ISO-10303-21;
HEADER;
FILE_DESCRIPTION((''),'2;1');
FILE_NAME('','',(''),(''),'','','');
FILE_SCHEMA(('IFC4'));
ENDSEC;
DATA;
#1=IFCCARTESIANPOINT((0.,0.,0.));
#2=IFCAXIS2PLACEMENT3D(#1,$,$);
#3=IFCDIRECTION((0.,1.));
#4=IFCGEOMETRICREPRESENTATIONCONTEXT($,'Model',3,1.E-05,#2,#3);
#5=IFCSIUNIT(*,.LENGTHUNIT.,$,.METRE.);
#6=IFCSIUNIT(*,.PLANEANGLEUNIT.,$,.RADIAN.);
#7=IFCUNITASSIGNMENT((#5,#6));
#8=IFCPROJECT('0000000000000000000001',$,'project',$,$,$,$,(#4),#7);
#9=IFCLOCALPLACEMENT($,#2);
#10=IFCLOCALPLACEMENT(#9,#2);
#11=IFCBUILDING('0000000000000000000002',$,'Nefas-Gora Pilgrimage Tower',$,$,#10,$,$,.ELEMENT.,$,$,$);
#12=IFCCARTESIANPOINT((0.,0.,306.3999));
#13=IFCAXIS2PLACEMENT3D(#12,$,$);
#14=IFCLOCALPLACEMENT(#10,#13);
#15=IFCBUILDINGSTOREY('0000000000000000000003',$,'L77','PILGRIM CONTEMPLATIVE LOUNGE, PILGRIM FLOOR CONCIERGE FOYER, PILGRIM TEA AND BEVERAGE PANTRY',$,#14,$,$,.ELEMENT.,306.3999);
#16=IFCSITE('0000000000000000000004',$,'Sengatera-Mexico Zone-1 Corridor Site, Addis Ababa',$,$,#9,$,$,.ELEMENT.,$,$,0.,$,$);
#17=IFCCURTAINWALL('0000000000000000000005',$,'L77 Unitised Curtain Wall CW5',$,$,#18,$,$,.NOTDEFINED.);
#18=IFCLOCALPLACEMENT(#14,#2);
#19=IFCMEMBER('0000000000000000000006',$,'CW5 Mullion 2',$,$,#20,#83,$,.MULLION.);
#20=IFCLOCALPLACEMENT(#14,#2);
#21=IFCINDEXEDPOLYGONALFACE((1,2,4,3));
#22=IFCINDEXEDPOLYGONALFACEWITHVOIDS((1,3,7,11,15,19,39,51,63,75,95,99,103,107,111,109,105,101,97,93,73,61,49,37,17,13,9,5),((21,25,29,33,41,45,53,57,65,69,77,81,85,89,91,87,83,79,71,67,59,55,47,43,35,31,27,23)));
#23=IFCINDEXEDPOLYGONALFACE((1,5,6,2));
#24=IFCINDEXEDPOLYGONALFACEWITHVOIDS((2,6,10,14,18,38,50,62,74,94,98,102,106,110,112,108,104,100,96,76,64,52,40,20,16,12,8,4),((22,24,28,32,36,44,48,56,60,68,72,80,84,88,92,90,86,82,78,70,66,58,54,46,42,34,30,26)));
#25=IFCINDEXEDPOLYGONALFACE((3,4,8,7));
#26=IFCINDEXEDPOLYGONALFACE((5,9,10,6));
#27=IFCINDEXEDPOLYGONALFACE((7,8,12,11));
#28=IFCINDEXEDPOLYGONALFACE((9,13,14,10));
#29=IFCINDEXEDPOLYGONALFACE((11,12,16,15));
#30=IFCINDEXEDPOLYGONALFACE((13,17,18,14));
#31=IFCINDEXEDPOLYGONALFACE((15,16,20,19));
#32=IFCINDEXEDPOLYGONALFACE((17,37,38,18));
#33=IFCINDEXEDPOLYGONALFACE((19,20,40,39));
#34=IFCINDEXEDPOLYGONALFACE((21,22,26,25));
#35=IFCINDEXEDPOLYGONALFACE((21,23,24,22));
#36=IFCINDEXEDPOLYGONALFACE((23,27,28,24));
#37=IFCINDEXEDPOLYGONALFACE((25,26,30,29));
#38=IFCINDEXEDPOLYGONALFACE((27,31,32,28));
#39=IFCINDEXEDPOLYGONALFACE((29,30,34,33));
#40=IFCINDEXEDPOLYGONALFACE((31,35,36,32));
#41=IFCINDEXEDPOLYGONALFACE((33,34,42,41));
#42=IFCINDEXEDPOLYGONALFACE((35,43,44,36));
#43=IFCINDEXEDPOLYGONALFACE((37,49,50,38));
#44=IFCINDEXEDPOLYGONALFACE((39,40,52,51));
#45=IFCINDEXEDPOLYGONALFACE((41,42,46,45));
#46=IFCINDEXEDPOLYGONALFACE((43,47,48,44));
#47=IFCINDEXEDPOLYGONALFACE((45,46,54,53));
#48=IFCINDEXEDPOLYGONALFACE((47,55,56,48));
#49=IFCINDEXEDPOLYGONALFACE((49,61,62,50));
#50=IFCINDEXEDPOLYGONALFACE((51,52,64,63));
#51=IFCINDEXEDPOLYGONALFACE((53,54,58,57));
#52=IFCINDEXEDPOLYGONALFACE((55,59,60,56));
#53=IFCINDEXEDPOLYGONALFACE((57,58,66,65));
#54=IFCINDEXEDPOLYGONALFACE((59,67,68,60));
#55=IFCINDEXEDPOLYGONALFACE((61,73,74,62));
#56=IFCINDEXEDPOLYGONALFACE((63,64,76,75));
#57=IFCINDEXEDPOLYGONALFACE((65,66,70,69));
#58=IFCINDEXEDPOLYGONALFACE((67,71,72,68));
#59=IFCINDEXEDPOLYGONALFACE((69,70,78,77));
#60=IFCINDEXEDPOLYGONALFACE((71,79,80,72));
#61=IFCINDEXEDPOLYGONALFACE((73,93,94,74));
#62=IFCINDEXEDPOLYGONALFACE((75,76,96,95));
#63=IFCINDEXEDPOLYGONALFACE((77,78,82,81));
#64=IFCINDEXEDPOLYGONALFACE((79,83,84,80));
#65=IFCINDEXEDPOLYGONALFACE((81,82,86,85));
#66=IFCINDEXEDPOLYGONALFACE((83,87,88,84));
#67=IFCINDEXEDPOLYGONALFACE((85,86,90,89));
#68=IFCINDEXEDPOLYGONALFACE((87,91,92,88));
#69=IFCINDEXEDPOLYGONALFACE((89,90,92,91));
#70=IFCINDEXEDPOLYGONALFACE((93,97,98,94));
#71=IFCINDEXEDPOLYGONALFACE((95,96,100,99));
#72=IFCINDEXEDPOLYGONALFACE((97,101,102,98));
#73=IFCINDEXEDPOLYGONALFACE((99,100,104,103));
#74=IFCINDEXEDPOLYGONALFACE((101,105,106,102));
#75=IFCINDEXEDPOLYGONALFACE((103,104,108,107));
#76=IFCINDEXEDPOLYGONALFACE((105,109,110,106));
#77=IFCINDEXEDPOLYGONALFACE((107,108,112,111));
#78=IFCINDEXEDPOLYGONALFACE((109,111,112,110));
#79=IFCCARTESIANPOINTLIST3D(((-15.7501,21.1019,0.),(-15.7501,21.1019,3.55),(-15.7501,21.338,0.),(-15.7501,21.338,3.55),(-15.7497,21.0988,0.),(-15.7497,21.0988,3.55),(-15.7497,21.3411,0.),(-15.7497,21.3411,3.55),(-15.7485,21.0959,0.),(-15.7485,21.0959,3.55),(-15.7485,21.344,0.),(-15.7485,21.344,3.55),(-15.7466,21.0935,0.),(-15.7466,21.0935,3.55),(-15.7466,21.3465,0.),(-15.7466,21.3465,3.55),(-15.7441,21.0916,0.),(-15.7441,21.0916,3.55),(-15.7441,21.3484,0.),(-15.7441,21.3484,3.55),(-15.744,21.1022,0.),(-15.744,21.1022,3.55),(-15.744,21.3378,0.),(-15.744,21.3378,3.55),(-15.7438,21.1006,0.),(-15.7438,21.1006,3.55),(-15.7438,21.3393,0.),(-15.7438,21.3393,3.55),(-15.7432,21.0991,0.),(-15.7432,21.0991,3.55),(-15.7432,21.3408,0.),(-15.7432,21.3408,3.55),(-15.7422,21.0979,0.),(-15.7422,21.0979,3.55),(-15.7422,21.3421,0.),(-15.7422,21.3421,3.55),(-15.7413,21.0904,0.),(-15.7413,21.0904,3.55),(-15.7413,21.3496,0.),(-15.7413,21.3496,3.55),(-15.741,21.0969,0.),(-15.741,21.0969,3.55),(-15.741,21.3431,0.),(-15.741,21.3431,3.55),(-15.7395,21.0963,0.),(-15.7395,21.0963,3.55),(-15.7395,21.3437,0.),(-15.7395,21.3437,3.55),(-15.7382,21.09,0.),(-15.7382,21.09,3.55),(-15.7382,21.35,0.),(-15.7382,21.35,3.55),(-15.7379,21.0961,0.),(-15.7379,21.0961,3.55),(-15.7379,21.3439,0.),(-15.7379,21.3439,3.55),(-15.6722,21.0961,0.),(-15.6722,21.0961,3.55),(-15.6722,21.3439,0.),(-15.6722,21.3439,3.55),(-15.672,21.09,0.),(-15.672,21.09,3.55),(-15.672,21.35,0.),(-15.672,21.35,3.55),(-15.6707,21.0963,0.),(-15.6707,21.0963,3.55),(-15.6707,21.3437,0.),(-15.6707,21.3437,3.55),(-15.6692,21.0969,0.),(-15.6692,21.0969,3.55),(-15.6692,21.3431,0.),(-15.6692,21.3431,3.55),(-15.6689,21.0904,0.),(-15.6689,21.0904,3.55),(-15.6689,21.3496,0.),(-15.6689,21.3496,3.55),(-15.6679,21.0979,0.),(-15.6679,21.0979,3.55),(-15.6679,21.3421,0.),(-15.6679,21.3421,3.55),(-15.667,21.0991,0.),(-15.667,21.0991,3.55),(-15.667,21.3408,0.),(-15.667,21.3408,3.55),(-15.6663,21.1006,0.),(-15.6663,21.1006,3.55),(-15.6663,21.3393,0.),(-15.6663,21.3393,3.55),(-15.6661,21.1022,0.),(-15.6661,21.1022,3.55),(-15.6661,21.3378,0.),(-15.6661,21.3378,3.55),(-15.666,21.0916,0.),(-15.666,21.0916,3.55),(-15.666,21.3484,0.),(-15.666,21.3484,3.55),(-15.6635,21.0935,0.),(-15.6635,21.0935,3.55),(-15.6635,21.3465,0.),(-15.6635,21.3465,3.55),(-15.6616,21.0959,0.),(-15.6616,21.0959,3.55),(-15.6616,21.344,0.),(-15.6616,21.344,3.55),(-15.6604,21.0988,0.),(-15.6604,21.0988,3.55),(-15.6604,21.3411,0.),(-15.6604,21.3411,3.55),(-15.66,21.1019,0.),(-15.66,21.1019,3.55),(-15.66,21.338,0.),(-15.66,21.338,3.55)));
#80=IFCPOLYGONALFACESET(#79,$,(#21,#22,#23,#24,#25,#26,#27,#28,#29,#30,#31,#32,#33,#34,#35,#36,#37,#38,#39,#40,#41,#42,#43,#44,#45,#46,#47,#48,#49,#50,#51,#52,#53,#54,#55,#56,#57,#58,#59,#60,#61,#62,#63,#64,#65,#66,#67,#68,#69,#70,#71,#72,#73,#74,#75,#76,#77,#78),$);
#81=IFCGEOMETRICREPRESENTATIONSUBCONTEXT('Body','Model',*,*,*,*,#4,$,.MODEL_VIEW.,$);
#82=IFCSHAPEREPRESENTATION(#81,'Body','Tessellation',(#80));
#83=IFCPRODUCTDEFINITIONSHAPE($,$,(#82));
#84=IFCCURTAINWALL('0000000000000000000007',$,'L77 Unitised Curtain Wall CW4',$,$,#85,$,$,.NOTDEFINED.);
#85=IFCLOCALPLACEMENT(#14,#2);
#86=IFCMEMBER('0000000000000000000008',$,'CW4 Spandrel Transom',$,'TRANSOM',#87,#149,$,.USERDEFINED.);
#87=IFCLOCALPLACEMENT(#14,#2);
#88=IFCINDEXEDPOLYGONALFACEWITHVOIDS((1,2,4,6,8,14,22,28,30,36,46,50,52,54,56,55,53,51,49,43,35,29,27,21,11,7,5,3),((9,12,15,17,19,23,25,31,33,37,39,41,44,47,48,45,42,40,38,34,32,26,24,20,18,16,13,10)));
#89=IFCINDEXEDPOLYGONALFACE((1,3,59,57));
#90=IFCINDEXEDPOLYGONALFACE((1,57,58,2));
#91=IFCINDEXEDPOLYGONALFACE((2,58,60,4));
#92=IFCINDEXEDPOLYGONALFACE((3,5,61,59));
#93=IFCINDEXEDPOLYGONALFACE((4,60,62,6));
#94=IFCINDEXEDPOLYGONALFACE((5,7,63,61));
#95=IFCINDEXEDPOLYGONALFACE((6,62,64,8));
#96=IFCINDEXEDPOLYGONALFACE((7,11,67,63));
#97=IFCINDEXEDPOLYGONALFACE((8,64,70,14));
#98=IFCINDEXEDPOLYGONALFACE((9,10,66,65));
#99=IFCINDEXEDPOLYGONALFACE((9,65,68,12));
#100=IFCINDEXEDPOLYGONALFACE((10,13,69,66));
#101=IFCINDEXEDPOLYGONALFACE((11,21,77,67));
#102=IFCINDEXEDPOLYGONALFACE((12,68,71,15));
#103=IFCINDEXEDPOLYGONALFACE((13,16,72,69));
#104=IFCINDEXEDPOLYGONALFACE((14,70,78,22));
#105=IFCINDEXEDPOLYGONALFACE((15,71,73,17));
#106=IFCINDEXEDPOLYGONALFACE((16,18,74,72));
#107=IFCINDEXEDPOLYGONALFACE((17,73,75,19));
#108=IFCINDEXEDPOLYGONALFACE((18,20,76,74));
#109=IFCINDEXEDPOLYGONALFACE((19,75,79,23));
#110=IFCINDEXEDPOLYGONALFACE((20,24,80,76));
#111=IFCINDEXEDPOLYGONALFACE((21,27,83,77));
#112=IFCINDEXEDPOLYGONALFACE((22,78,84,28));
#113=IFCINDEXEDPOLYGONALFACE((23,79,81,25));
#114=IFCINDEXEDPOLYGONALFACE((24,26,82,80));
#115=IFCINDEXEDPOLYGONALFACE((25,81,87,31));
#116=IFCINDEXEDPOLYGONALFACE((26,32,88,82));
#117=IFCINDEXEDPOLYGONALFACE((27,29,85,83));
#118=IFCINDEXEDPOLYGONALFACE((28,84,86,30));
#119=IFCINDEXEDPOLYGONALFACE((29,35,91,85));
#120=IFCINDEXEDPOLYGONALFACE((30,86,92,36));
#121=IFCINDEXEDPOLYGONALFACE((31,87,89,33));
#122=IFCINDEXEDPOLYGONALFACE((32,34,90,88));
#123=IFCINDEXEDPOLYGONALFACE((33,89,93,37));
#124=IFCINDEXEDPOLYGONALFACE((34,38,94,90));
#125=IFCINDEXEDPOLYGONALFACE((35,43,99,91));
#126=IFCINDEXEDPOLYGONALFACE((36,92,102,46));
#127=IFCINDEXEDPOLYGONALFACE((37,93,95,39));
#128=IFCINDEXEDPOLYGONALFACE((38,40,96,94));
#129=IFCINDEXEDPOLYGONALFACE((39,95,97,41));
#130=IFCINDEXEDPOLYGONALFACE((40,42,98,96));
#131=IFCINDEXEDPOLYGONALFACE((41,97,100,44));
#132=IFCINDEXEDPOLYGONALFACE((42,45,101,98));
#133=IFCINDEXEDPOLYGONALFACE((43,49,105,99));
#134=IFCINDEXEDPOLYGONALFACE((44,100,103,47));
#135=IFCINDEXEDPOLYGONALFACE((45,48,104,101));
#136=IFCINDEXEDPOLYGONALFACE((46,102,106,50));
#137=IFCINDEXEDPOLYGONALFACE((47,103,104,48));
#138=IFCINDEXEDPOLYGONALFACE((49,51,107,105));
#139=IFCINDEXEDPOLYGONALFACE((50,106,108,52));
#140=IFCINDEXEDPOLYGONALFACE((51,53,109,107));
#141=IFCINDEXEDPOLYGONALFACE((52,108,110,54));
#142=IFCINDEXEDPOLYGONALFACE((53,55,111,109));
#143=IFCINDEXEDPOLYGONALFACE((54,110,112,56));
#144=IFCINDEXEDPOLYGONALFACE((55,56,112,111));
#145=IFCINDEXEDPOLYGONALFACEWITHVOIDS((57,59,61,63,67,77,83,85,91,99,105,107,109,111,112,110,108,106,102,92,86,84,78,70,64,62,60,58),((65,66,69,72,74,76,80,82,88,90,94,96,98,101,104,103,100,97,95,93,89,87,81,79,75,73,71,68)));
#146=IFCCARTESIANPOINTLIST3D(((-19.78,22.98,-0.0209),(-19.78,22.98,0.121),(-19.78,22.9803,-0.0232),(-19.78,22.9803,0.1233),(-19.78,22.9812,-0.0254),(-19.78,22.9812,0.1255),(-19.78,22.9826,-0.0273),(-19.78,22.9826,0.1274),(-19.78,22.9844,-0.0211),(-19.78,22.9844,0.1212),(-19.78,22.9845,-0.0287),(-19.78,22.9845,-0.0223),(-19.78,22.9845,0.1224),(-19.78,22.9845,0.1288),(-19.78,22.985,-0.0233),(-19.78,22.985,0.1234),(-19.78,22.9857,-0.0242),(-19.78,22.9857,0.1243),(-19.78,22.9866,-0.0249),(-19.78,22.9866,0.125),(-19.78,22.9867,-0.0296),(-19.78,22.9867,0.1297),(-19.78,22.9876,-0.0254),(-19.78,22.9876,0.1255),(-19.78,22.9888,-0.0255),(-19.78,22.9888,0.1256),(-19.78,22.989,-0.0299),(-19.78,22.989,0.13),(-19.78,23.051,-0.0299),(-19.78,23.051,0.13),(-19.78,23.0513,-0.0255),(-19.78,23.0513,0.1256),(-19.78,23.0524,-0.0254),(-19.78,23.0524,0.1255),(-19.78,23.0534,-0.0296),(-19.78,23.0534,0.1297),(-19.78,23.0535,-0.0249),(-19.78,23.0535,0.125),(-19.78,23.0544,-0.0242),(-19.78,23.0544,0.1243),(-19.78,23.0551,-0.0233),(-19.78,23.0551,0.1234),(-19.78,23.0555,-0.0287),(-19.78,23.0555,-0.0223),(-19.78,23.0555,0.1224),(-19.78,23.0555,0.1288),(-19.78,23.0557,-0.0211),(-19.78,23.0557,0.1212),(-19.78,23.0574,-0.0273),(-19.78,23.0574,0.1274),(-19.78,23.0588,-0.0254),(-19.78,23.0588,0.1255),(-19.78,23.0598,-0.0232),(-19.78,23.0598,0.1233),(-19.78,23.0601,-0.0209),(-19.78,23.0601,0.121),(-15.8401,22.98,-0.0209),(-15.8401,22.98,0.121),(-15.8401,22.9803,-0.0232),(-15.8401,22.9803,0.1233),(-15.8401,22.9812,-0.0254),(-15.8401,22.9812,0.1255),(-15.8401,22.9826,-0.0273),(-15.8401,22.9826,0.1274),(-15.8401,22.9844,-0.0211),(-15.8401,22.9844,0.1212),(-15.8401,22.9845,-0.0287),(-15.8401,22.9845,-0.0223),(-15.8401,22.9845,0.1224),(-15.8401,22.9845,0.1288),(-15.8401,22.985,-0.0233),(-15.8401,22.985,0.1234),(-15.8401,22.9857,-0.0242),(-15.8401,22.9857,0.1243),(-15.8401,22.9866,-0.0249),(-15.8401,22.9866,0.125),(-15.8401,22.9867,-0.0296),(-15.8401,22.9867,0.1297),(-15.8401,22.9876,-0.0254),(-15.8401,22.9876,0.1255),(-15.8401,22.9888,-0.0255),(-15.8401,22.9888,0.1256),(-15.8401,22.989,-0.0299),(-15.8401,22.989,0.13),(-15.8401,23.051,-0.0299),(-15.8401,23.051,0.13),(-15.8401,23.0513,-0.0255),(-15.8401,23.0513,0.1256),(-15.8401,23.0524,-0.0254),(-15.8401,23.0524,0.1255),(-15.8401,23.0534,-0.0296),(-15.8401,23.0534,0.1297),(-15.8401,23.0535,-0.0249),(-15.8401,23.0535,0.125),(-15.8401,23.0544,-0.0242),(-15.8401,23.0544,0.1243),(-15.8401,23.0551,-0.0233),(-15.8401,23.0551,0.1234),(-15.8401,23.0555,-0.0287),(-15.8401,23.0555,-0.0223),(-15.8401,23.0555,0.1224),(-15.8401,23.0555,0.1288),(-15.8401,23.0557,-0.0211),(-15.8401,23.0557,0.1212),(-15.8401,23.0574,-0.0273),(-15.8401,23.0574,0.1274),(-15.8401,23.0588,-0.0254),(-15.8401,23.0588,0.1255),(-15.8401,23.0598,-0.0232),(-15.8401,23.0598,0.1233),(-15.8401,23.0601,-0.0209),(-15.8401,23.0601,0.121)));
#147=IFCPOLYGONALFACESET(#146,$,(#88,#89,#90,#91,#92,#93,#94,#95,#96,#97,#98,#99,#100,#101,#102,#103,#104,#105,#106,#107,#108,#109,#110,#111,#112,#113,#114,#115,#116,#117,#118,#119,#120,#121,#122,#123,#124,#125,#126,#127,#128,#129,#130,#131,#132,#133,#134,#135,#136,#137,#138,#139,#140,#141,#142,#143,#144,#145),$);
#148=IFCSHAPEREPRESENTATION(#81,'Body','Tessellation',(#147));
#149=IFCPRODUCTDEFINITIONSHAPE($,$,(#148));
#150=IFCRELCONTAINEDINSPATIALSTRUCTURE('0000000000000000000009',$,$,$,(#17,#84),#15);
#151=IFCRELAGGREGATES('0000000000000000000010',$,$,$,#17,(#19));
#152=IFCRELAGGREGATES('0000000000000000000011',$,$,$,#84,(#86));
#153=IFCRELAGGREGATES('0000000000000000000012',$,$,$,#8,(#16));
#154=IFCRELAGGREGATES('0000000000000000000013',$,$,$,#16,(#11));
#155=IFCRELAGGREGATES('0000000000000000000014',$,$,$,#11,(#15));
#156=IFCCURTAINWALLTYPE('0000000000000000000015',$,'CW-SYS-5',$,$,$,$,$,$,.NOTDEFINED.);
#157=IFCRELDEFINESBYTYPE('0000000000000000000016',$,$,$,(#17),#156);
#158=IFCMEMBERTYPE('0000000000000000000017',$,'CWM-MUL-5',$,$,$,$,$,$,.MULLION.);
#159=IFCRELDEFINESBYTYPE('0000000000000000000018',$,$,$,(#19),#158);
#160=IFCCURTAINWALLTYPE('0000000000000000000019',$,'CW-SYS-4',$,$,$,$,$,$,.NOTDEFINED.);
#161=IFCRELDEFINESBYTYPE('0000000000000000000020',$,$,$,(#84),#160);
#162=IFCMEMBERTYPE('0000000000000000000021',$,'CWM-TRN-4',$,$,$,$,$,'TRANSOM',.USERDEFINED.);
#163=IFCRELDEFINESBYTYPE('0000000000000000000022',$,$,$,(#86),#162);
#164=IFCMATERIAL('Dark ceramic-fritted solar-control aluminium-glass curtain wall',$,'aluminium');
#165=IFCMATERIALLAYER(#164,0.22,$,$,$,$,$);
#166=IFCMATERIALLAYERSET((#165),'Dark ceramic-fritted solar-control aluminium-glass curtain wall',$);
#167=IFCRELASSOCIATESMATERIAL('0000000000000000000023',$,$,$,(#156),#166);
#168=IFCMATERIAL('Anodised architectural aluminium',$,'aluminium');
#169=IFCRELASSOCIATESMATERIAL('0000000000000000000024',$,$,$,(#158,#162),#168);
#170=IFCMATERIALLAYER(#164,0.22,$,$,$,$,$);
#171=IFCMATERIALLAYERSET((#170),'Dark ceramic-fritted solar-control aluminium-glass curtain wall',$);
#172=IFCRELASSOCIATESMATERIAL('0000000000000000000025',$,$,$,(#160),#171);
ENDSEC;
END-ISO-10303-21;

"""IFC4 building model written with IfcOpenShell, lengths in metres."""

from ifc_helpers import new_model, si_unit, direction, frame, origin, origin_2d, place, context, subcontext, project, spatial, hollow_rectangle, extrude, source, transform, mapped, material, layer, layer_set, material_profile, profile_set, type_object, element, aggregate, save


model = new_model("IFC4")

# Units and contexts
model_context = context("Model", 3, precision=1e-05, world=origin(), true_north=direction((0.0, 1.0)))
body_context = subcontext(model_context, "Body", "Model", "MODEL_VIEW")
ifc_project = project(units=[si_unit("LENGTHUNIT", "METRE"), si_unit("PLANEANGLEUNIT", "RADIAN")], contexts=[model_context])

# Site, building, storey
site_placement = place(None, origin())
site = spatial("IfcSite", under=ifc_project, at=site_placement, Name="Sengatera-Mexico Zone-1 Corridor Site, Addis Ababa", CompositionType="ELEMENT", RefElevation=0.0)
building_placement = place(site_placement, origin())
building = spatial("IfcBuilding", under=site, at=building_placement, Name="Nefas-Gora Pilgrimage Tower", CompositionType="ELEMENT")
storey_placement = place(building_placement, frame((0.0, 0.0, 306.3999)))
storey = spatial("IfcBuildingStorey", under=building, at=storey_placement, Name="L77", Description="PILGRIM CONTEMPLATIVE LOUNGE, PILGRIM FLOOR CONCIERGE FOYER, PILGRIM TEA AND BEVERAGE PANTRY", CompositionType="ELEMENT", Elevation=306.3999)

# Curtain wall, member
ifc_material_1 = material(Name="Dark ceramic-fritted solar-control aluminium-glass curtain wall", Category="aluminium")
ifc_layer_1 = layer(ifc_material_1, 0.22)
ifc_layer_set_1 = layer_set([ifc_layer_1], Name="Dark ceramic-fritted solar-control aluminium-glass curtain wall")
curtain_wall_type_1 = type_object("IfcCurtainWallType", Name="CW-SYS-5", PredefinedType="NOTDEFINED", material=ifc_layer_set_1)
curtain_wall_1_placement = place(storey_placement, origin())
curtain_wall_1 = element("IfcCurtainWall", 1, at=curtain_wall_1_placement, inside=storey, type_object=curtain_wall_type_1, Name="L77 Unitised Curtain Wall CW5", PredefinedType="NOTDEFINED")
ifc_material_2 = material(Name="Anodised architectural aluminium", Category="aluminium")
ifc_material_profile_1 = material_profile(ifc_material_2, hollow_rectangle(XDim=0.0901, YDim=0.26, WallThickness=0.0061, InnerFilletRadius=0.0061, OuterFilletRadius=0.012, at=origin_2d()), Name="ALU MULLION 90x260")
ifc_profile_set_1 = profile_set([ifc_material_profile_1], Name="Anodised architectural aluminium")
member_type_1 = type_object("IfcMemberType", Name="CWM-MUL-5", PredefinedType="MULLION", material=ifc_profile_set_1)
shared_shape_1 = source(origin(), body_context, "Body", "SweptSolid", [
    extrude(hollow_rectangle(XDim=0.0901, YDim=0.26, WallThickness=0.0061, InnerFilletRadius=0.0061, OuterFilletRadius=0.012, at=origin_2d()), origin(), (0.0, 0.0, 1.0), 3.55),
])
member_1_placement = place(storey_placement, frame((-15.7051, 21.22, 0.0), z_axis=(0.0, 0.0, 1.0), x_axis=(-1.0, 0.0, 0.0)))
member_1 = element("IfcMember", 2, at=member_1_placement, type_object=member_type_1, Name="CW5 Mullion 2", PredefinedType="MULLION", context=body_context, shape_type="MappedRepresentation", body=[
    mapped(shared_shape_1, transform((0.0, 0.0, 0.0), x_axis=(1.0, 0.0, 0.0), y_axis=(0.0, 1.0, 0.0), z_axis=(0.0, 0.0, 1.0), scale=1.0)),
])

# Curtain wall, member
ifc_layer_2 = layer(ifc_material_1, 0.22)
ifc_layer_set_2 = layer_set([ifc_layer_2], Name="Dark ceramic-fritted solar-control aluminium-glass curtain wall")
curtain_wall_type_2 = type_object("IfcCurtainWallType", Name="CW-SYS-4", PredefinedType="NOTDEFINED", material=ifc_layer_set_2)
curtain_wall_2_placement = place(storey_placement, origin())
curtain_wall_2 = element("IfcCurtainWall", 3, at=curtain_wall_2_placement, inside=storey, type_object=curtain_wall_type_2, Name="L77 Unitised Curtain Wall CW4", PredefinedType="NOTDEFINED")
ifc_material_profile_2 = material_profile(ifc_material_2, hollow_rectangle(XDim=0.0801, YDim=0.1599, WallThickness=0.0044, InnerFilletRadius=0.0044, OuterFilletRadius=0.009, at=origin_2d()), Name="ALU TRANSOM 80x160")
ifc_profile_set_2 = profile_set([ifc_material_profile_2], Name="Anodised architectural aluminium")
member_type_2 = type_object("IfcMemberType", Name="CWM-TRN-4", ElementType="TRANSOM", PredefinedType="USERDEFINED", material=ifc_profile_set_2)
shared_shape_2 = source(origin(), body_context, "Body", "SweptSolid", [
    extrude(hollow_rectangle(XDim=0.0801, YDim=0.1599, WallThickness=0.0044, InnerFilletRadius=0.0044, OuterFilletRadius=0.009, at=origin_2d()), origin(), (0.0, 0.0, 1.0), 3.9399),
])
member_2_placement = place(storey_placement, frame((-15.8401, 23.02, 0.05), z_axis=(-1.0, 0.0, 0.0), x_axis=(0.0, -1.0, 0.0)))
member_2 = element("IfcMember", 4, at=member_2_placement, type_object=member_type_2, Name="CW4 Spandrel Transom", ObjectType="TRANSOM", PredefinedType="USERDEFINED", context=body_context, shape_type="MappedRepresentation", body=[
    mapped(shared_shape_2, transform((0.0, 0.0, 0.0), x_axis=(1.0, 0.0, 0.0), y_axis=(0.0, 1.0, 0.0), z_axis=(0.0, 0.0, 1.0), scale=1.0)),
])

aggregate(curtain_wall_1, [member_1])
aggregate(curtain_wall_2, [member_2])

save(model, "model.ifc")
